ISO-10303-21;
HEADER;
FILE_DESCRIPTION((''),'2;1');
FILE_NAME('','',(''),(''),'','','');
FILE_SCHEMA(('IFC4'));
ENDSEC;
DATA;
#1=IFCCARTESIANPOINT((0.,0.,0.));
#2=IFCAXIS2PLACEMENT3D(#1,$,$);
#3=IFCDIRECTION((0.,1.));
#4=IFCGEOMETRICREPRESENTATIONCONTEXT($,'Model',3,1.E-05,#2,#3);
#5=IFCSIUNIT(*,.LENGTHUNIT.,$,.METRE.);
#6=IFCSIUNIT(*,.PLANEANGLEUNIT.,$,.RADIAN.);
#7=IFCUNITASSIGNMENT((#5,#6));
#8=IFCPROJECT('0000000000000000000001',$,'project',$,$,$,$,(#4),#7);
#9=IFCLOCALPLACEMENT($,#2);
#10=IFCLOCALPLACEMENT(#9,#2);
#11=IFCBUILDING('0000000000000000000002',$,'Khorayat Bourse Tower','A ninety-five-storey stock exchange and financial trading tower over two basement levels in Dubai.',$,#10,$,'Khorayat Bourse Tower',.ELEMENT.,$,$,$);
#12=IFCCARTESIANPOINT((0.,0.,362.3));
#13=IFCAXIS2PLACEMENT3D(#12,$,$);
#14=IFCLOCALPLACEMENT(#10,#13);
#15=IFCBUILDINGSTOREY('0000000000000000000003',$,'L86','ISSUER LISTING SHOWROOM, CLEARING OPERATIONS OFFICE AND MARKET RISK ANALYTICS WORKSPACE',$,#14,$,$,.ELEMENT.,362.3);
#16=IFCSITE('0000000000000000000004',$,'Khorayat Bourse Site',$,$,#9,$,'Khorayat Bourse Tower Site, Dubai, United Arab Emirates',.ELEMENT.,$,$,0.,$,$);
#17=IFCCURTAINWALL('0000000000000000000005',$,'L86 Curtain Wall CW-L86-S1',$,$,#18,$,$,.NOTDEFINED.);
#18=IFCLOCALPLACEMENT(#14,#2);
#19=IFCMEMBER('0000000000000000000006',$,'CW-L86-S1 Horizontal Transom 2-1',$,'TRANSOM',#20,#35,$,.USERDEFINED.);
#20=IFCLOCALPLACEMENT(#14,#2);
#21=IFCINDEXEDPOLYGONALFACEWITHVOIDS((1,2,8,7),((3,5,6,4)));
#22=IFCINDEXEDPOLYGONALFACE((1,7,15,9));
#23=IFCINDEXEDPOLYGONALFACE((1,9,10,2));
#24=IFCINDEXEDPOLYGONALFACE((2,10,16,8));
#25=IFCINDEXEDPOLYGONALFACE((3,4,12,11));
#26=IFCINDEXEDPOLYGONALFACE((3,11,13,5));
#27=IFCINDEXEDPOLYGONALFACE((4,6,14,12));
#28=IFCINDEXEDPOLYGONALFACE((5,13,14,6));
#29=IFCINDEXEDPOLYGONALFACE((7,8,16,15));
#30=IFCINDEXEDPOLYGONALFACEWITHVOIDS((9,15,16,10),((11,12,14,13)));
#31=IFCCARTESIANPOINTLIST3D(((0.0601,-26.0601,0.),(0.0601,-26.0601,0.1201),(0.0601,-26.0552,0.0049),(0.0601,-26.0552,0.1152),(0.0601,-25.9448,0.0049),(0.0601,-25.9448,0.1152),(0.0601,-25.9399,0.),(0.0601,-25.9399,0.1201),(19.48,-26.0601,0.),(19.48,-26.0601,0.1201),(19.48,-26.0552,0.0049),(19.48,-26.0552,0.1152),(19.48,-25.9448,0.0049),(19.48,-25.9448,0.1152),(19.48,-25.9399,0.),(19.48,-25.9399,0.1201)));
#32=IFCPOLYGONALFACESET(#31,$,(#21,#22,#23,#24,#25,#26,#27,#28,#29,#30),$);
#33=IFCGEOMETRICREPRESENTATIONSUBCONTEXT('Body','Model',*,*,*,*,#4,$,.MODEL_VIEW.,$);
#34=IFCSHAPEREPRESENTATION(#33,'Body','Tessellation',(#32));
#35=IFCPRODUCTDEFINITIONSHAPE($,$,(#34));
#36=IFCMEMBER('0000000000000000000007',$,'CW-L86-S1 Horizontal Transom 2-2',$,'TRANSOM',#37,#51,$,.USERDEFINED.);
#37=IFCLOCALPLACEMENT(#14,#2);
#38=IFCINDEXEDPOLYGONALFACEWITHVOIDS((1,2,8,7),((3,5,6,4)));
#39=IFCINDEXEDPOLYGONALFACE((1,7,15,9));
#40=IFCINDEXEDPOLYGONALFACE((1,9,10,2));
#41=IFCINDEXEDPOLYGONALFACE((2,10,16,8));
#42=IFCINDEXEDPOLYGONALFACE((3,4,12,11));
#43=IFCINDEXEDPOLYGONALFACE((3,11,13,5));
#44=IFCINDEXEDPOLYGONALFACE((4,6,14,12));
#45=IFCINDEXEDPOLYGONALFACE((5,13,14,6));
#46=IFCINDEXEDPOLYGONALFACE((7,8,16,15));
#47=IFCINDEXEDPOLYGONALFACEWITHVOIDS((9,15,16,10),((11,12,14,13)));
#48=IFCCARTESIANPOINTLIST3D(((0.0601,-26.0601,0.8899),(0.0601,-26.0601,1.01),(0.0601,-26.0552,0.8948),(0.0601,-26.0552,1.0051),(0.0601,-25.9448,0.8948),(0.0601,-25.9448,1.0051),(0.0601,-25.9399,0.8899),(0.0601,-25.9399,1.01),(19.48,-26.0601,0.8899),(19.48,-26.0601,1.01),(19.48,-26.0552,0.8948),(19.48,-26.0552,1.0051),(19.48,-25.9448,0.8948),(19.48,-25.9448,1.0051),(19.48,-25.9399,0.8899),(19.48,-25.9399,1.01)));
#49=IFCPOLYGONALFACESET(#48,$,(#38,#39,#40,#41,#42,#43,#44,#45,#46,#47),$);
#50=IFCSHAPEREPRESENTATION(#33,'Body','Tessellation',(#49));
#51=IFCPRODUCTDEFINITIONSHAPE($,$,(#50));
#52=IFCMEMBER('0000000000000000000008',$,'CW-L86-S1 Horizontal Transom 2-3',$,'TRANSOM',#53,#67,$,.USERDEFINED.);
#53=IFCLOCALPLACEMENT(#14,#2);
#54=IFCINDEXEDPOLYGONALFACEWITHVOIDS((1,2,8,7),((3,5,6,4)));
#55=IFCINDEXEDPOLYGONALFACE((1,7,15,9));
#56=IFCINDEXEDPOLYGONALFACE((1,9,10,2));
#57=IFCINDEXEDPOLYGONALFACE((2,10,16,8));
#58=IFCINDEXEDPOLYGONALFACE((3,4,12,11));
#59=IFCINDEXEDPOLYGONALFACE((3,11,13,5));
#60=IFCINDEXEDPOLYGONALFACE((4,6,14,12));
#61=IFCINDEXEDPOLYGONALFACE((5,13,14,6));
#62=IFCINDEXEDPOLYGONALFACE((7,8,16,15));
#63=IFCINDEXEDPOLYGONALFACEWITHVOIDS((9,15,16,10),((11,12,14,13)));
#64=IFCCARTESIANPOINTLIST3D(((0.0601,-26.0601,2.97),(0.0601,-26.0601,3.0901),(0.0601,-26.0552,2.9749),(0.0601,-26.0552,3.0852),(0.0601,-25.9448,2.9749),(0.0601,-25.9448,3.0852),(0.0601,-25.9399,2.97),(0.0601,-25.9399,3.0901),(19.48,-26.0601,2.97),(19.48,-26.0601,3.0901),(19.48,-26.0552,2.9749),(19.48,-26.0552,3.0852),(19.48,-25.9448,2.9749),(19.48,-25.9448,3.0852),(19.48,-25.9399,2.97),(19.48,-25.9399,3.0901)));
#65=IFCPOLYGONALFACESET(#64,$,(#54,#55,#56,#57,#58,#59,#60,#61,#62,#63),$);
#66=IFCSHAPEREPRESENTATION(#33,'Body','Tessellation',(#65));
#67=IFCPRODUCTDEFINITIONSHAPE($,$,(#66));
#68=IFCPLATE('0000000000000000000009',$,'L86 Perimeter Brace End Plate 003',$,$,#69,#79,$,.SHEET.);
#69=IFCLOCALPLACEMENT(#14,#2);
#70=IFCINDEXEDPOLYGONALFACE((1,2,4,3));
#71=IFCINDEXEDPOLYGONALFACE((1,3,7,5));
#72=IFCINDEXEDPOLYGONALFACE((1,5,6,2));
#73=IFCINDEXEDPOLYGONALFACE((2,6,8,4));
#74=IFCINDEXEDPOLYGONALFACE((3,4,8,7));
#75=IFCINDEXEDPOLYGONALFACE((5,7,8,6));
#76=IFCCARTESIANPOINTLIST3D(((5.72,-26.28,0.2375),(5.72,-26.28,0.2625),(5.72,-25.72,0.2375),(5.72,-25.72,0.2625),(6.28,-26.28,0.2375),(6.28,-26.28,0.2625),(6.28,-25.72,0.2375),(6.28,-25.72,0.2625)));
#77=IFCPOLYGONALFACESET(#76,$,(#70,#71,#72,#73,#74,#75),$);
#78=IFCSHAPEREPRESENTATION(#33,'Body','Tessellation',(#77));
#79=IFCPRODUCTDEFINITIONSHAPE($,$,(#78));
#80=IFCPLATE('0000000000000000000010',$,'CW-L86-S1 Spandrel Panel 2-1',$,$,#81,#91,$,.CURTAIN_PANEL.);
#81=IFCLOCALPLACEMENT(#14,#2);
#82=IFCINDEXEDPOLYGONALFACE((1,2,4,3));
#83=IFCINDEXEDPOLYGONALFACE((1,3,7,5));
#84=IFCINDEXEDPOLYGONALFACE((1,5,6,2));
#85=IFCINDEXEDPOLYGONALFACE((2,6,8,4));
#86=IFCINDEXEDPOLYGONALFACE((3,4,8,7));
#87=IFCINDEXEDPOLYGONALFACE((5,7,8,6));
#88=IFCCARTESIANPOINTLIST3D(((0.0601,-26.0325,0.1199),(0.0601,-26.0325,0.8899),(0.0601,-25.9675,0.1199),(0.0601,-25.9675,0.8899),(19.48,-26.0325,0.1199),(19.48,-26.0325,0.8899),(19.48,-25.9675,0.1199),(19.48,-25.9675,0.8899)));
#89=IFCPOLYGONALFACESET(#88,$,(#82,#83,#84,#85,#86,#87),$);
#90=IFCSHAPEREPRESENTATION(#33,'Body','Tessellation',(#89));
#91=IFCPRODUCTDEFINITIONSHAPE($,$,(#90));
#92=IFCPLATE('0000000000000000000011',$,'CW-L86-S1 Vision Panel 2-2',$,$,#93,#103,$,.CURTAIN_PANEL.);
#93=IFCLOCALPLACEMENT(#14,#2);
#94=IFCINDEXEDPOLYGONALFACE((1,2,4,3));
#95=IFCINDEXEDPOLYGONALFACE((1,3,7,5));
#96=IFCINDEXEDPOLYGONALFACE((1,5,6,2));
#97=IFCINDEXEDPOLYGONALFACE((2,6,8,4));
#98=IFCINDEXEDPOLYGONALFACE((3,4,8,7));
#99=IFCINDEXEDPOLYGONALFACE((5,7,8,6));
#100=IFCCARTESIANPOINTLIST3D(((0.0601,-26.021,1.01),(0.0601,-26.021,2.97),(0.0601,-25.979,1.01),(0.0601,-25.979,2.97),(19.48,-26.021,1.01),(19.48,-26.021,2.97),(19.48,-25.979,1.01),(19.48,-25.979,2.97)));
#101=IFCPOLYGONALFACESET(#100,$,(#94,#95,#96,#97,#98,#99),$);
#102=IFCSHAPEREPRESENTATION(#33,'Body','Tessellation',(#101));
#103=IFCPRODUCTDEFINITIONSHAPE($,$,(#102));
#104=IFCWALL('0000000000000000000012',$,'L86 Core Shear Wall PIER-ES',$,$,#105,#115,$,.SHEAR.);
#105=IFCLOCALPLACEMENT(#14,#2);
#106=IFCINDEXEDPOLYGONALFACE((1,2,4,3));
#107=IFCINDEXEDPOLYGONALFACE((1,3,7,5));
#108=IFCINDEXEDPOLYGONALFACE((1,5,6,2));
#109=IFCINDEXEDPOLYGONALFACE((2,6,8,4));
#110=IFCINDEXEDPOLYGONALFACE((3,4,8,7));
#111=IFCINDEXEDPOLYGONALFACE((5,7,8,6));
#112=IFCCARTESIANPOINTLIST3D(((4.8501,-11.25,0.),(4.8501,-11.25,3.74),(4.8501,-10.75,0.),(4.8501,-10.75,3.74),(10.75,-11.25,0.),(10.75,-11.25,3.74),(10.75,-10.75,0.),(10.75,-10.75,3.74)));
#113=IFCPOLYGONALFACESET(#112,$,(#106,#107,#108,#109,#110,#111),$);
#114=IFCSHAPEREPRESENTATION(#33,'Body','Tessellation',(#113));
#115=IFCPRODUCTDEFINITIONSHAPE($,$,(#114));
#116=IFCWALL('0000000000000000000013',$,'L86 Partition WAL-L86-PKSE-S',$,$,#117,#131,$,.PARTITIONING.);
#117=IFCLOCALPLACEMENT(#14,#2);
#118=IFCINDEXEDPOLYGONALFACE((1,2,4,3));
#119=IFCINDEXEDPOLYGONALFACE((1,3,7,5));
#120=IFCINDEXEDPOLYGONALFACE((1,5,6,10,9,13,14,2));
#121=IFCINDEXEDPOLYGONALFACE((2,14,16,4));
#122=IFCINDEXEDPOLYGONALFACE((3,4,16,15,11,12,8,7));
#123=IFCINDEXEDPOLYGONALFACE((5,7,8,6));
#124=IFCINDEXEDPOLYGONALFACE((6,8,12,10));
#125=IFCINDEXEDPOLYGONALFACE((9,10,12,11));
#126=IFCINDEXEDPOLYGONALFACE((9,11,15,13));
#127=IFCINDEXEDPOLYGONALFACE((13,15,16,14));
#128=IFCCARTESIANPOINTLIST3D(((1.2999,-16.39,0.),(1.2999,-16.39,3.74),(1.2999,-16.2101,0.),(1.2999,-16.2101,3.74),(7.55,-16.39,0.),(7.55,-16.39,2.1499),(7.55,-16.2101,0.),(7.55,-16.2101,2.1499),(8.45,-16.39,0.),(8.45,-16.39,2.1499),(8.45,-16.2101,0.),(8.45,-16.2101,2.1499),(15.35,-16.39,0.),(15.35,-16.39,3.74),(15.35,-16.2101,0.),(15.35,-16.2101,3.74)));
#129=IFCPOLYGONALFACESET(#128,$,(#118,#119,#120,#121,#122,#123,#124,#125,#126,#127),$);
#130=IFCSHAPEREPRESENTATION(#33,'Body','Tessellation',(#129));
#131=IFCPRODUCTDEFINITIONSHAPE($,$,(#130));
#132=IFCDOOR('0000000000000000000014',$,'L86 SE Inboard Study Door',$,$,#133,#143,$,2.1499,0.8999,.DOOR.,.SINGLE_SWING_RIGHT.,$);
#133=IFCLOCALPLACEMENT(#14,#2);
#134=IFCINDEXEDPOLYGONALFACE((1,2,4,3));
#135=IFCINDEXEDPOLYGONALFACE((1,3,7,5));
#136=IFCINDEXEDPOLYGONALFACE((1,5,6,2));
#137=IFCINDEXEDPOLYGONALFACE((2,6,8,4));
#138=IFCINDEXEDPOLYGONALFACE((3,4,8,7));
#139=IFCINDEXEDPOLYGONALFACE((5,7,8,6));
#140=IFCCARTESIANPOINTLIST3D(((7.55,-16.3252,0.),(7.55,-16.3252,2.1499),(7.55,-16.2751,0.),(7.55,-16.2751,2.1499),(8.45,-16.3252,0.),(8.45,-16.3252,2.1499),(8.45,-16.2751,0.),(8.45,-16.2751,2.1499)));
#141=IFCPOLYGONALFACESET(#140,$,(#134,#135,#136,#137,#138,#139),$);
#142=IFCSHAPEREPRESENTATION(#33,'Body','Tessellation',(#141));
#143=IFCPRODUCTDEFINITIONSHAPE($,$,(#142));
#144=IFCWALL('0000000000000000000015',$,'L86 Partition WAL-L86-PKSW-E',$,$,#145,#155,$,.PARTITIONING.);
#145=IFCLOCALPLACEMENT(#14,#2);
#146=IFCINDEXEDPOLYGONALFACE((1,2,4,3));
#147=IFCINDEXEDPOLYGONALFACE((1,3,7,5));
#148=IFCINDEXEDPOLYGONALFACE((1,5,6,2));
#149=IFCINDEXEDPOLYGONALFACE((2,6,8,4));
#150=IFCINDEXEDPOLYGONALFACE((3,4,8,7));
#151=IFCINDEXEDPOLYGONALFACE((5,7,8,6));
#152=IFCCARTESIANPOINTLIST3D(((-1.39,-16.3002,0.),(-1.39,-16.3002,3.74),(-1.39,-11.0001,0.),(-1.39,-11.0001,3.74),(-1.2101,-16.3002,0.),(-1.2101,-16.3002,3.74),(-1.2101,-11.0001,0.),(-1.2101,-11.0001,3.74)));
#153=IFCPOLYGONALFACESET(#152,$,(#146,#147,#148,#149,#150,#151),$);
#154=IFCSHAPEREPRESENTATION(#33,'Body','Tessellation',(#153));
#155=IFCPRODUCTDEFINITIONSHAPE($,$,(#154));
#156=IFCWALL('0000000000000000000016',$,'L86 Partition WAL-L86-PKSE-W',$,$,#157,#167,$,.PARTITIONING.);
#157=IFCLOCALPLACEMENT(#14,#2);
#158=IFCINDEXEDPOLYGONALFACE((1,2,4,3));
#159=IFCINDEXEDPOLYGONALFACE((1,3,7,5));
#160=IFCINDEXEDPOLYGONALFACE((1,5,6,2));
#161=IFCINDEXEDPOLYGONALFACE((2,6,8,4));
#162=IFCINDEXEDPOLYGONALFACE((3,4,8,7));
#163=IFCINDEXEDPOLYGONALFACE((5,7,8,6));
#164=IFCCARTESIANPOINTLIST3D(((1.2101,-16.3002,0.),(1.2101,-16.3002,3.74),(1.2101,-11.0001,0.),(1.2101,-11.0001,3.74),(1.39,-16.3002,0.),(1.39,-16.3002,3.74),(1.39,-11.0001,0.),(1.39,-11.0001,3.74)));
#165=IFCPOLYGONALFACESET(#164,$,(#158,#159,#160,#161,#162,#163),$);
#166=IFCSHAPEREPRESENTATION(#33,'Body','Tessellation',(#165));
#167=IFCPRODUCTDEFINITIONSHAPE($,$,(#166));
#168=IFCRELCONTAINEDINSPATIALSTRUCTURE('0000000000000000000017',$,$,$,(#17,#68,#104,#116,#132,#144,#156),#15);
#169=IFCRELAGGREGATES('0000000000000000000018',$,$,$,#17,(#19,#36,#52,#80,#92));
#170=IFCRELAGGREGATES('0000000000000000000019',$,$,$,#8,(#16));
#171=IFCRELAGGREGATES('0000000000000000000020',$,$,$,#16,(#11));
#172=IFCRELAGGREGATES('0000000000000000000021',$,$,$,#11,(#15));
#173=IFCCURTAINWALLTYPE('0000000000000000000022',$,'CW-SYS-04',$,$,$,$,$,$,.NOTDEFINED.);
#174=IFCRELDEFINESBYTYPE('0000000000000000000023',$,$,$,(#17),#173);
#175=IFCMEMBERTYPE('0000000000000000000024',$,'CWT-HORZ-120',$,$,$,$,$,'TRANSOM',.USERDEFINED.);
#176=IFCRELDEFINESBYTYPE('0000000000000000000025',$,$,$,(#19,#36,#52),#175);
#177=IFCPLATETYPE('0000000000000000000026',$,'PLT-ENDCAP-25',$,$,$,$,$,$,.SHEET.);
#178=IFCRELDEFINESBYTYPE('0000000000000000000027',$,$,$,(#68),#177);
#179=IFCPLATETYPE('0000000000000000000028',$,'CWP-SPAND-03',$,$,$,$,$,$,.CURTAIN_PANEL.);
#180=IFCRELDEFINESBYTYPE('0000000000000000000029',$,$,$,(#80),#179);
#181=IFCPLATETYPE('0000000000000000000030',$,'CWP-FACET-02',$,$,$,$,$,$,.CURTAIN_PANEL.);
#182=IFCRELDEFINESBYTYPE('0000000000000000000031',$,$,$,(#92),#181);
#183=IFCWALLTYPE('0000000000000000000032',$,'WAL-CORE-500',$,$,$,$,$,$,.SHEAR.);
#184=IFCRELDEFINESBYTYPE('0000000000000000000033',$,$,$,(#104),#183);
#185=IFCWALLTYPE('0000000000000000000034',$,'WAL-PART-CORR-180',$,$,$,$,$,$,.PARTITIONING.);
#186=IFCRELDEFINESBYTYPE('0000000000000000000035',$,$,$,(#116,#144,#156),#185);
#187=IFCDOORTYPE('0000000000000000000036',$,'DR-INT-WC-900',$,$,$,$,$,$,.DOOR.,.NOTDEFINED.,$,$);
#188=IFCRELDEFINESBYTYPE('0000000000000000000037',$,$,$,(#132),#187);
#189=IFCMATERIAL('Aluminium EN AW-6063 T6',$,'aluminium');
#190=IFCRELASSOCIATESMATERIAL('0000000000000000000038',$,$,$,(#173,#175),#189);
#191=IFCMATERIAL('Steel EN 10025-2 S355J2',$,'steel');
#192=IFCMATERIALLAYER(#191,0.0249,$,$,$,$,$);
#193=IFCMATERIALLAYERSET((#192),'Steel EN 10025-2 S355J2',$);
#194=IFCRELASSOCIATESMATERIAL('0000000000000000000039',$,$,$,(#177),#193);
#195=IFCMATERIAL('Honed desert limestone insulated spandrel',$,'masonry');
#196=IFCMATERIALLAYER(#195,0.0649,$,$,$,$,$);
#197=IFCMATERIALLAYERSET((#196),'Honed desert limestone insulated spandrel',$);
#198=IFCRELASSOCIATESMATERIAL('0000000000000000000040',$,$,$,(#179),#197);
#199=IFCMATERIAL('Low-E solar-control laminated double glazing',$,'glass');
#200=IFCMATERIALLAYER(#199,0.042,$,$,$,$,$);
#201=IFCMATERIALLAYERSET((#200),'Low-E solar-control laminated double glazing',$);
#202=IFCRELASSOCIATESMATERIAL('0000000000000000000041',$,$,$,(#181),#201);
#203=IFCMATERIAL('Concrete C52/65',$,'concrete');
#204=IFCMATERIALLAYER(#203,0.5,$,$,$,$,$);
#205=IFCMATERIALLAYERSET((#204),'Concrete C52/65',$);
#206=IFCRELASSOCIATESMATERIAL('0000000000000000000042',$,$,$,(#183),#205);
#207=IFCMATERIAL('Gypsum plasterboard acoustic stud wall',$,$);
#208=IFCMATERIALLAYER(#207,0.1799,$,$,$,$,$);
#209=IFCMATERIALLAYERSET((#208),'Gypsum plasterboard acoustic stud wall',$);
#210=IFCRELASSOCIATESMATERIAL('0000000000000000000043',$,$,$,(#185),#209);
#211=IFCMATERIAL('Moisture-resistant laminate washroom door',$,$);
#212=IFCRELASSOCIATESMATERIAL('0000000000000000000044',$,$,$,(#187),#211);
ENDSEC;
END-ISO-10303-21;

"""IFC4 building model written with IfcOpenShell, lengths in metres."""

from ifc_helpers import new_model, si_unit, direction, frame, frame_2d, origin, origin_2d, place, context, subcontext, project, spatial, rectangle, hollow_rectangle, extrude, source, transform, mapped, material, layer, layer_set, material_profile, profile_set, type_object, element, fill, aggregate, save


model = new_model("IFC4")

# Units and contexts
model_context = context("Model", 3, precision=1e-05, world=origin(), true_north=direction((0.0, 1.0)))
body_context = subcontext(model_context, "Body", "Model", "MODEL_VIEW")
ifc_project = project(units=[si_unit("LENGTHUNIT", "METRE"), si_unit("PLANEANGLEUNIT", "RADIAN")], contexts=[model_context])

# Site, building, storey
site_placement = place(None, origin())
site = spatial("IfcSite", under=ifc_project, at=site_placement, Name="Khorayat Bourse Site", LongName="Khorayat Bourse Tower Site, Dubai, United Arab Emirates", CompositionType="ELEMENT", RefElevation=0.0)
building_placement = place(site_placement, origin())
building = spatial("IfcBuilding", under=site, at=building_placement, Name="Khorayat Bourse Tower", Description="A ninety-five-storey stock exchange and financial trading tower over two basement levels in Dubai.", LongName="Khorayat Bourse Tower", CompositionType="ELEMENT")
storey_placement = place(building_placement, frame((0.0, 0.0, 362.3)))
storey = spatial("IfcBuildingStorey", under=building, at=storey_placement, Name="L86", Description="ISSUER LISTING SHOWROOM, CLEARING OPERATIONS OFFICE AND MARKET RISK ANALYTICS WORKSPACE", CompositionType="ELEMENT", Elevation=362.3)

# Shared definitions
ifc_material_1 = material(Name="Concrete C52/65", Category="concrete")
ifc_material_2 = material(Name="Steel EN 10025-2 S355J2", Category="steel")

# Curtain wall, members
ifc_material_3 = material(Name="Aluminium EN AW-6063 T6", Category="aluminium")
curtain_wall_type = type_object("IfcCurtainWallType", Name="CW-SYS-04", PredefinedType="NOTDEFINED", material=ifc_material_3)
curtain_wall_placement = place(storey_placement, origin())
curtain_wall = element("IfcCurtainWall", 1, at=curtain_wall_placement, inside=storey, type_object=curtain_wall_type, Name="L86 Curtain Wall CW-L86-S1", PredefinedType="NOTDEFINED")
ifc_material_profile_1 = material_profile(ifc_material_3, hollow_rectangle(XDim=0.1201, YDim=0.1201, WallThickness=0.0049, at=origin_2d()), Name="ALU 120x120x5")
ifc_profile_set_1 = profile_set([ifc_material_profile_1], Name="Aluminium EN AW-6063 T6")
member_type_1 = type_object("IfcMemberType", Name="CWT-HORZ-120", ElementType="TRANSOM", PredefinedType="USERDEFINED", material=ifc_profile_set_1)
shared_shape_1 = source(origin(), body_context, "Body", "SweptSolid", [
    extrude(hollow_rectangle(XDim=0.1201, YDim=0.1201, WallThickness=0.0049, at=origin_2d()), origin(), (0.0, 0.0, 1.0), 19.4199),
])
member_1_placement = place(storey_placement, frame((0.0601, -26.0, 0.0601), z_axis=(1.0, 0.0, 0.0), x_axis=(0.0, 1.0, 0.0)))
member_1 = element("IfcMember", 2, at=member_1_placement, type_object=member_type_1, Name="CW-L86-S1 Horizontal Transom 2-1", ObjectType="TRANSOM", PredefinedType="USERDEFINED", context=body_context, shape_type="MappedRepresentation", body=[
    mapped(shared_shape_1, transform((0.0, 0.0, 0.0), scale=1.0)),
])
member_2_placement = place(storey_placement, frame((0.0601, -26.0, 0.95), z_axis=(1.0, 0.0, 0.0), x_axis=(0.0, 1.0, 0.0)))
member_2 = element("IfcMember", 3, at=member_2_placement, type_object=member_type_1, Name="CW-L86-S1 Horizontal Transom 2-2", ObjectType="TRANSOM", PredefinedType="USERDEFINED", context=body_context, shape_type="MappedRepresentation", body=[
    mapped(shared_shape_1, transform((0.0, 0.0, 0.0), scale=1.0)),
])
member_3_placement = place(storey_placement, frame((0.0601, -26.0, 3.03), z_axis=(1.0, 0.0, 0.0), x_axis=(0.0, 1.0, 0.0)))
member_3 = element("IfcMember", 4, at=member_3_placement, type_object=member_type_1, Name="CW-L86-S1 Horizontal Transom 2-3", ObjectType="TRANSOM", PredefinedType="USERDEFINED", context=body_context, shape_type="MappedRepresentation", body=[
    mapped(shared_shape_1, transform((0.0, 0.0, 0.0), scale=1.0)),
])

# Plates
ifc_layer_1 = layer(ifc_material_2, 0.0249)
ifc_layer_set_1 = layer_set([ifc_layer_1], Name="Steel EN 10025-2 S355J2")
plate_type_1 = type_object("IfcPlateType", Name="PLT-ENDCAP-25", PredefinedType="SHEET", material=ifc_layer_set_1)
shared_shape_2 = source(origin(), body_context, "Body", "SweptSolid", [
    extrude(rectangle(XDim=0.5601, YDim=0.5601, at=origin_2d()), origin(), (0.0, 0.0, 1.0), 0.0249),
])
plate_1_placement = place(storey_placement, frame((6.0, -26.0, 0.2375), z_axis=(0.0, 0.0, 1.0), x_axis=(1.0, 0.0, 0.0)))
element("IfcPlate", 5, at=plate_1_placement, inside=storey, type_object=plate_type_1, Name="L86 Perimeter Brace End Plate 003", PredefinedType="SHEET", context=body_context, shape_type="MappedRepresentation", body=[
    mapped(shared_shape_2, transform((0.0, 0.0, 0.0), scale=1.0)),
])
ifc_material_4 = material(Name="Honed desert limestone insulated spandrel", Category="masonry")
ifc_layer_2 = layer(ifc_material_4, 0.0649)
ifc_layer_set_2 = layer_set([ifc_layer_2], Name="Honed desert limestone insulated spandrel")
plate_type_2 = type_object("IfcPlateType", Name="CWP-SPAND-03", PredefinedType="CURTAIN_PANEL", material=ifc_layer_set_2)
shared_shape_3 = source(origin(), body_context, "Body", "SweptSolid", [
    extrude(rectangle(XDim=19.4199, YDim=0.0649, at=origin_2d()), origin(), (0.0, 0.0, 1.0), 0.77),
])
plate_2_placement = place(storey_placement, frame((9.77, -26.0, 0.1199), z_axis=(0.0, 0.0, 1.0), x_axis=(1.0, 0.0, 0.0)))
plate_2 = element("IfcPlate", 6, at=plate_2_placement, type_object=plate_type_2, Name="CW-L86-S1 Spandrel Panel 2-1", PredefinedType="CURTAIN_PANEL", context=body_context, shape_type="MappedRepresentation", body=[
    mapped(shared_shape_3, transform((0.0, 0.0, 0.0), scale=1.0)),
])
ifc_material_5 = material(Name="Low-E solar-control laminated double glazing", Category="glass")
ifc_layer_3 = layer(ifc_material_5, 0.042)
ifc_layer_set_3 = layer_set([ifc_layer_3], Name="Low-E solar-control laminated double glazing")
plate_type_3 = type_object("IfcPlateType", Name="CWP-FACET-02", PredefinedType="CURTAIN_PANEL", material=ifc_layer_set_3)
shared_shape_4 = source(origin(), body_context, "Body", "SweptSolid", [
    extrude(rectangle(XDim=19.4199, YDim=0.042, at=origin_2d()), origin(), (0.0, 0.0, 1.0), 1.96),
])
plate_3_placement = place(storey_placement, frame((9.77, -26.0, 1.01), z_axis=(0.0, 0.0, 1.0), x_axis=(1.0, 0.0, 0.0)))
plate_3 = element("IfcPlate", 7, at=plate_3_placement, type_object=plate_type_3, Name="CW-L86-S1 Vision Panel 2-2", PredefinedType="CURTAIN_PANEL", context=body_context, shape_type="MappedRepresentation", body=[
    mapped(shared_shape_4, transform((0.0, 0.0, 0.0), scale=1.0)),
])
aggregate(curtain_wall, [member_1, member_2, member_3, plate_2, plate_3])

# Wall
ifc_layer_4 = layer(ifc_material_1, 0.5)
ifc_layer_set_4 = layer_set([ifc_layer_4], Name="Concrete C52/65")
wall_type_1 = type_object("IfcWallType", Name="WAL-CORE-500", PredefinedType="SHEAR", material=ifc_layer_set_4)
shared_shape_5 = source(origin(), body_context, "Body", "SweptSolid", [
    extrude(rectangle(XDim=5.8999, YDim=0.5, at=frame_2d((2.95, 0.0))), origin(), (0.0, 0.0, 1.0), 3.74),
])
wall_1_placement = place(storey_placement, frame((4.8501, -11.0, 0.0), z_axis=(0.0, 0.0, 1.0), x_axis=(1.0, 0.0, 0.0)))
element("IfcWall", 8, at=wall_1_placement, inside=storey, type_object=wall_type_1, Name="L86 Core Shear Wall PIER-ES", PredefinedType="SHEAR", context=body_context, shape_type="MappedRepresentation", body=[
    mapped(shared_shape_5, transform((0.0, 0.0, 0.0), scale=1.0)),
])

# Wall, opening, door
ifc_material_6 = material(Name="Gypsum plasterboard acoustic stud wall")
ifc_layer_5 = layer(ifc_material_6, 0.1799)
ifc_layer_set_5 = layer_set([ifc_layer_5], Name="Gypsum plasterboard acoustic stud wall")
wall_type_2 = type_object("IfcWallType", Name="WAL-PART-CORR-180", PredefinedType="PARTITIONING", material=ifc_layer_set_5)
shared_shape_6 = source(origin(), body_context, "Body", "SweptSolid", [
    extrude(rectangle(XDim=14.05, YDim=0.1799, at=frame_2d((7.0249, 0.0))), origin(), (0.0, 0.0, 1.0), 3.74),
])
wall_2_placement = place(storey_placement, frame((1.3, -16.3, 0.0), z_axis=(0.0, 0.0, 1.0), x_axis=(1.0, 0.0, 0.0)))
wall_2 = element("IfcWall", 9, at=wall_2_placement, inside=storey, type_object=wall_type_2, Name="L86 Partition WAL-L86-PKSE-S", PredefinedType="PARTITIONING", context=body_context, shape_type="MappedRepresentation", body=[
    mapped(shared_shape_6, transform((0.0, 0.0, 0.0), scale=1.0)),
])
shared_shape_7 = source(origin(), body_context, "Body", "SweptSolid", [
    extrude(rectangle(XDim=0.8999, YDim=2.1499, at=frame_2d((0.45, 1.075))), frame((0.0, 0.0999, 0.0), z_axis=(0.0, -1.0, 0.0), x_axis=(1.0, 0.0, 0.0)), (0.0, 0.0, 1.0), 0.2),
])
opening_placement = place(wall_2_placement, frame((6.25, 0.0, 0.0)))
opening = element("IfcOpeningElement", 10, at=opening_placement, cuts=wall_2, PredefinedType="OPENING", context=body_context, shape_type="MappedRepresentation", body=[
    mapped(shared_shape_7, transform((0.0, 0.0, 0.0), scale=1.0)),
])
ifc_material_7 = material(Name="Moisture-resistant laminate washroom door")
door_type = type_object("IfcDoorType", Name="DR-INT-WC-900", OperationType="NOTDEFINED", PredefinedType="DOOR", material=ifc_material_7)
shared_shape_8 = source(origin(), body_context, "Body", "SweptSolid", [
    extrude(rectangle(XDim=0.8999, YDim=2.1499, at=frame_2d((0.45, 1.075))), frame((0.0, 0.0249, 0.0), z_axis=(0.0, -1.0, 0.0), x_axis=(1.0, 0.0, 0.0)), (0.0, 0.0, 1.0), 0.05),
])
door_placement = place(opening_placement, origin())
door = element("IfcDoor", 11, at=door_placement, inside=storey, type_object=door_type, Name="L86 SE Inboard Study Door", OperationType="SINGLE_SWING_RIGHT", OverallHeight=2.1499, OverallWidth=0.8999, PredefinedType="DOOR", context=body_context, shape_type="MappedRepresentation", body=[
    mapped(shared_shape_8, transform((0.0, 0.0, 0.0), scale=1.0)),
])
fill(opening, door)

# Walls
shared_shape_9 = source(origin(), body_context, "Body", "SweptSolid", [
    extrude(rectangle(XDim=5.3, YDim=0.1799, at=frame_2d((2.6499, 0.0))), origin(), (0.0, 0.0, 1.0), 3.74),
])
for number, where, z_axis, x_axis, name in (
    (12, (-1.3, -16.3, 0.0), (0.0, 0.0, 1.0), (0.0, 1.0, 0.0), "L86 Partition WAL-L86-PKSW-E"),
    (13, (1.3, -16.3, 0.0), (0.0, 0.0, 1.0), (0.0, 1.0, 0.0), "L86 Partition WAL-L86-PKSE-W"),
):
    element("IfcWall", number, at=place(storey_placement, frame(where, z_axis=z_axis, x_axis=x_axis)), inside=storey, type_object=wall_type_2, Name=name, PredefinedType="PARTITIONING", context=body_context, shape_type="MappedRepresentation", body=[
        mapped(shared_shape_9, transform((0.0, 0.0, 0.0), scale=1.0)),
    ])

save(model, "model.ifc")
